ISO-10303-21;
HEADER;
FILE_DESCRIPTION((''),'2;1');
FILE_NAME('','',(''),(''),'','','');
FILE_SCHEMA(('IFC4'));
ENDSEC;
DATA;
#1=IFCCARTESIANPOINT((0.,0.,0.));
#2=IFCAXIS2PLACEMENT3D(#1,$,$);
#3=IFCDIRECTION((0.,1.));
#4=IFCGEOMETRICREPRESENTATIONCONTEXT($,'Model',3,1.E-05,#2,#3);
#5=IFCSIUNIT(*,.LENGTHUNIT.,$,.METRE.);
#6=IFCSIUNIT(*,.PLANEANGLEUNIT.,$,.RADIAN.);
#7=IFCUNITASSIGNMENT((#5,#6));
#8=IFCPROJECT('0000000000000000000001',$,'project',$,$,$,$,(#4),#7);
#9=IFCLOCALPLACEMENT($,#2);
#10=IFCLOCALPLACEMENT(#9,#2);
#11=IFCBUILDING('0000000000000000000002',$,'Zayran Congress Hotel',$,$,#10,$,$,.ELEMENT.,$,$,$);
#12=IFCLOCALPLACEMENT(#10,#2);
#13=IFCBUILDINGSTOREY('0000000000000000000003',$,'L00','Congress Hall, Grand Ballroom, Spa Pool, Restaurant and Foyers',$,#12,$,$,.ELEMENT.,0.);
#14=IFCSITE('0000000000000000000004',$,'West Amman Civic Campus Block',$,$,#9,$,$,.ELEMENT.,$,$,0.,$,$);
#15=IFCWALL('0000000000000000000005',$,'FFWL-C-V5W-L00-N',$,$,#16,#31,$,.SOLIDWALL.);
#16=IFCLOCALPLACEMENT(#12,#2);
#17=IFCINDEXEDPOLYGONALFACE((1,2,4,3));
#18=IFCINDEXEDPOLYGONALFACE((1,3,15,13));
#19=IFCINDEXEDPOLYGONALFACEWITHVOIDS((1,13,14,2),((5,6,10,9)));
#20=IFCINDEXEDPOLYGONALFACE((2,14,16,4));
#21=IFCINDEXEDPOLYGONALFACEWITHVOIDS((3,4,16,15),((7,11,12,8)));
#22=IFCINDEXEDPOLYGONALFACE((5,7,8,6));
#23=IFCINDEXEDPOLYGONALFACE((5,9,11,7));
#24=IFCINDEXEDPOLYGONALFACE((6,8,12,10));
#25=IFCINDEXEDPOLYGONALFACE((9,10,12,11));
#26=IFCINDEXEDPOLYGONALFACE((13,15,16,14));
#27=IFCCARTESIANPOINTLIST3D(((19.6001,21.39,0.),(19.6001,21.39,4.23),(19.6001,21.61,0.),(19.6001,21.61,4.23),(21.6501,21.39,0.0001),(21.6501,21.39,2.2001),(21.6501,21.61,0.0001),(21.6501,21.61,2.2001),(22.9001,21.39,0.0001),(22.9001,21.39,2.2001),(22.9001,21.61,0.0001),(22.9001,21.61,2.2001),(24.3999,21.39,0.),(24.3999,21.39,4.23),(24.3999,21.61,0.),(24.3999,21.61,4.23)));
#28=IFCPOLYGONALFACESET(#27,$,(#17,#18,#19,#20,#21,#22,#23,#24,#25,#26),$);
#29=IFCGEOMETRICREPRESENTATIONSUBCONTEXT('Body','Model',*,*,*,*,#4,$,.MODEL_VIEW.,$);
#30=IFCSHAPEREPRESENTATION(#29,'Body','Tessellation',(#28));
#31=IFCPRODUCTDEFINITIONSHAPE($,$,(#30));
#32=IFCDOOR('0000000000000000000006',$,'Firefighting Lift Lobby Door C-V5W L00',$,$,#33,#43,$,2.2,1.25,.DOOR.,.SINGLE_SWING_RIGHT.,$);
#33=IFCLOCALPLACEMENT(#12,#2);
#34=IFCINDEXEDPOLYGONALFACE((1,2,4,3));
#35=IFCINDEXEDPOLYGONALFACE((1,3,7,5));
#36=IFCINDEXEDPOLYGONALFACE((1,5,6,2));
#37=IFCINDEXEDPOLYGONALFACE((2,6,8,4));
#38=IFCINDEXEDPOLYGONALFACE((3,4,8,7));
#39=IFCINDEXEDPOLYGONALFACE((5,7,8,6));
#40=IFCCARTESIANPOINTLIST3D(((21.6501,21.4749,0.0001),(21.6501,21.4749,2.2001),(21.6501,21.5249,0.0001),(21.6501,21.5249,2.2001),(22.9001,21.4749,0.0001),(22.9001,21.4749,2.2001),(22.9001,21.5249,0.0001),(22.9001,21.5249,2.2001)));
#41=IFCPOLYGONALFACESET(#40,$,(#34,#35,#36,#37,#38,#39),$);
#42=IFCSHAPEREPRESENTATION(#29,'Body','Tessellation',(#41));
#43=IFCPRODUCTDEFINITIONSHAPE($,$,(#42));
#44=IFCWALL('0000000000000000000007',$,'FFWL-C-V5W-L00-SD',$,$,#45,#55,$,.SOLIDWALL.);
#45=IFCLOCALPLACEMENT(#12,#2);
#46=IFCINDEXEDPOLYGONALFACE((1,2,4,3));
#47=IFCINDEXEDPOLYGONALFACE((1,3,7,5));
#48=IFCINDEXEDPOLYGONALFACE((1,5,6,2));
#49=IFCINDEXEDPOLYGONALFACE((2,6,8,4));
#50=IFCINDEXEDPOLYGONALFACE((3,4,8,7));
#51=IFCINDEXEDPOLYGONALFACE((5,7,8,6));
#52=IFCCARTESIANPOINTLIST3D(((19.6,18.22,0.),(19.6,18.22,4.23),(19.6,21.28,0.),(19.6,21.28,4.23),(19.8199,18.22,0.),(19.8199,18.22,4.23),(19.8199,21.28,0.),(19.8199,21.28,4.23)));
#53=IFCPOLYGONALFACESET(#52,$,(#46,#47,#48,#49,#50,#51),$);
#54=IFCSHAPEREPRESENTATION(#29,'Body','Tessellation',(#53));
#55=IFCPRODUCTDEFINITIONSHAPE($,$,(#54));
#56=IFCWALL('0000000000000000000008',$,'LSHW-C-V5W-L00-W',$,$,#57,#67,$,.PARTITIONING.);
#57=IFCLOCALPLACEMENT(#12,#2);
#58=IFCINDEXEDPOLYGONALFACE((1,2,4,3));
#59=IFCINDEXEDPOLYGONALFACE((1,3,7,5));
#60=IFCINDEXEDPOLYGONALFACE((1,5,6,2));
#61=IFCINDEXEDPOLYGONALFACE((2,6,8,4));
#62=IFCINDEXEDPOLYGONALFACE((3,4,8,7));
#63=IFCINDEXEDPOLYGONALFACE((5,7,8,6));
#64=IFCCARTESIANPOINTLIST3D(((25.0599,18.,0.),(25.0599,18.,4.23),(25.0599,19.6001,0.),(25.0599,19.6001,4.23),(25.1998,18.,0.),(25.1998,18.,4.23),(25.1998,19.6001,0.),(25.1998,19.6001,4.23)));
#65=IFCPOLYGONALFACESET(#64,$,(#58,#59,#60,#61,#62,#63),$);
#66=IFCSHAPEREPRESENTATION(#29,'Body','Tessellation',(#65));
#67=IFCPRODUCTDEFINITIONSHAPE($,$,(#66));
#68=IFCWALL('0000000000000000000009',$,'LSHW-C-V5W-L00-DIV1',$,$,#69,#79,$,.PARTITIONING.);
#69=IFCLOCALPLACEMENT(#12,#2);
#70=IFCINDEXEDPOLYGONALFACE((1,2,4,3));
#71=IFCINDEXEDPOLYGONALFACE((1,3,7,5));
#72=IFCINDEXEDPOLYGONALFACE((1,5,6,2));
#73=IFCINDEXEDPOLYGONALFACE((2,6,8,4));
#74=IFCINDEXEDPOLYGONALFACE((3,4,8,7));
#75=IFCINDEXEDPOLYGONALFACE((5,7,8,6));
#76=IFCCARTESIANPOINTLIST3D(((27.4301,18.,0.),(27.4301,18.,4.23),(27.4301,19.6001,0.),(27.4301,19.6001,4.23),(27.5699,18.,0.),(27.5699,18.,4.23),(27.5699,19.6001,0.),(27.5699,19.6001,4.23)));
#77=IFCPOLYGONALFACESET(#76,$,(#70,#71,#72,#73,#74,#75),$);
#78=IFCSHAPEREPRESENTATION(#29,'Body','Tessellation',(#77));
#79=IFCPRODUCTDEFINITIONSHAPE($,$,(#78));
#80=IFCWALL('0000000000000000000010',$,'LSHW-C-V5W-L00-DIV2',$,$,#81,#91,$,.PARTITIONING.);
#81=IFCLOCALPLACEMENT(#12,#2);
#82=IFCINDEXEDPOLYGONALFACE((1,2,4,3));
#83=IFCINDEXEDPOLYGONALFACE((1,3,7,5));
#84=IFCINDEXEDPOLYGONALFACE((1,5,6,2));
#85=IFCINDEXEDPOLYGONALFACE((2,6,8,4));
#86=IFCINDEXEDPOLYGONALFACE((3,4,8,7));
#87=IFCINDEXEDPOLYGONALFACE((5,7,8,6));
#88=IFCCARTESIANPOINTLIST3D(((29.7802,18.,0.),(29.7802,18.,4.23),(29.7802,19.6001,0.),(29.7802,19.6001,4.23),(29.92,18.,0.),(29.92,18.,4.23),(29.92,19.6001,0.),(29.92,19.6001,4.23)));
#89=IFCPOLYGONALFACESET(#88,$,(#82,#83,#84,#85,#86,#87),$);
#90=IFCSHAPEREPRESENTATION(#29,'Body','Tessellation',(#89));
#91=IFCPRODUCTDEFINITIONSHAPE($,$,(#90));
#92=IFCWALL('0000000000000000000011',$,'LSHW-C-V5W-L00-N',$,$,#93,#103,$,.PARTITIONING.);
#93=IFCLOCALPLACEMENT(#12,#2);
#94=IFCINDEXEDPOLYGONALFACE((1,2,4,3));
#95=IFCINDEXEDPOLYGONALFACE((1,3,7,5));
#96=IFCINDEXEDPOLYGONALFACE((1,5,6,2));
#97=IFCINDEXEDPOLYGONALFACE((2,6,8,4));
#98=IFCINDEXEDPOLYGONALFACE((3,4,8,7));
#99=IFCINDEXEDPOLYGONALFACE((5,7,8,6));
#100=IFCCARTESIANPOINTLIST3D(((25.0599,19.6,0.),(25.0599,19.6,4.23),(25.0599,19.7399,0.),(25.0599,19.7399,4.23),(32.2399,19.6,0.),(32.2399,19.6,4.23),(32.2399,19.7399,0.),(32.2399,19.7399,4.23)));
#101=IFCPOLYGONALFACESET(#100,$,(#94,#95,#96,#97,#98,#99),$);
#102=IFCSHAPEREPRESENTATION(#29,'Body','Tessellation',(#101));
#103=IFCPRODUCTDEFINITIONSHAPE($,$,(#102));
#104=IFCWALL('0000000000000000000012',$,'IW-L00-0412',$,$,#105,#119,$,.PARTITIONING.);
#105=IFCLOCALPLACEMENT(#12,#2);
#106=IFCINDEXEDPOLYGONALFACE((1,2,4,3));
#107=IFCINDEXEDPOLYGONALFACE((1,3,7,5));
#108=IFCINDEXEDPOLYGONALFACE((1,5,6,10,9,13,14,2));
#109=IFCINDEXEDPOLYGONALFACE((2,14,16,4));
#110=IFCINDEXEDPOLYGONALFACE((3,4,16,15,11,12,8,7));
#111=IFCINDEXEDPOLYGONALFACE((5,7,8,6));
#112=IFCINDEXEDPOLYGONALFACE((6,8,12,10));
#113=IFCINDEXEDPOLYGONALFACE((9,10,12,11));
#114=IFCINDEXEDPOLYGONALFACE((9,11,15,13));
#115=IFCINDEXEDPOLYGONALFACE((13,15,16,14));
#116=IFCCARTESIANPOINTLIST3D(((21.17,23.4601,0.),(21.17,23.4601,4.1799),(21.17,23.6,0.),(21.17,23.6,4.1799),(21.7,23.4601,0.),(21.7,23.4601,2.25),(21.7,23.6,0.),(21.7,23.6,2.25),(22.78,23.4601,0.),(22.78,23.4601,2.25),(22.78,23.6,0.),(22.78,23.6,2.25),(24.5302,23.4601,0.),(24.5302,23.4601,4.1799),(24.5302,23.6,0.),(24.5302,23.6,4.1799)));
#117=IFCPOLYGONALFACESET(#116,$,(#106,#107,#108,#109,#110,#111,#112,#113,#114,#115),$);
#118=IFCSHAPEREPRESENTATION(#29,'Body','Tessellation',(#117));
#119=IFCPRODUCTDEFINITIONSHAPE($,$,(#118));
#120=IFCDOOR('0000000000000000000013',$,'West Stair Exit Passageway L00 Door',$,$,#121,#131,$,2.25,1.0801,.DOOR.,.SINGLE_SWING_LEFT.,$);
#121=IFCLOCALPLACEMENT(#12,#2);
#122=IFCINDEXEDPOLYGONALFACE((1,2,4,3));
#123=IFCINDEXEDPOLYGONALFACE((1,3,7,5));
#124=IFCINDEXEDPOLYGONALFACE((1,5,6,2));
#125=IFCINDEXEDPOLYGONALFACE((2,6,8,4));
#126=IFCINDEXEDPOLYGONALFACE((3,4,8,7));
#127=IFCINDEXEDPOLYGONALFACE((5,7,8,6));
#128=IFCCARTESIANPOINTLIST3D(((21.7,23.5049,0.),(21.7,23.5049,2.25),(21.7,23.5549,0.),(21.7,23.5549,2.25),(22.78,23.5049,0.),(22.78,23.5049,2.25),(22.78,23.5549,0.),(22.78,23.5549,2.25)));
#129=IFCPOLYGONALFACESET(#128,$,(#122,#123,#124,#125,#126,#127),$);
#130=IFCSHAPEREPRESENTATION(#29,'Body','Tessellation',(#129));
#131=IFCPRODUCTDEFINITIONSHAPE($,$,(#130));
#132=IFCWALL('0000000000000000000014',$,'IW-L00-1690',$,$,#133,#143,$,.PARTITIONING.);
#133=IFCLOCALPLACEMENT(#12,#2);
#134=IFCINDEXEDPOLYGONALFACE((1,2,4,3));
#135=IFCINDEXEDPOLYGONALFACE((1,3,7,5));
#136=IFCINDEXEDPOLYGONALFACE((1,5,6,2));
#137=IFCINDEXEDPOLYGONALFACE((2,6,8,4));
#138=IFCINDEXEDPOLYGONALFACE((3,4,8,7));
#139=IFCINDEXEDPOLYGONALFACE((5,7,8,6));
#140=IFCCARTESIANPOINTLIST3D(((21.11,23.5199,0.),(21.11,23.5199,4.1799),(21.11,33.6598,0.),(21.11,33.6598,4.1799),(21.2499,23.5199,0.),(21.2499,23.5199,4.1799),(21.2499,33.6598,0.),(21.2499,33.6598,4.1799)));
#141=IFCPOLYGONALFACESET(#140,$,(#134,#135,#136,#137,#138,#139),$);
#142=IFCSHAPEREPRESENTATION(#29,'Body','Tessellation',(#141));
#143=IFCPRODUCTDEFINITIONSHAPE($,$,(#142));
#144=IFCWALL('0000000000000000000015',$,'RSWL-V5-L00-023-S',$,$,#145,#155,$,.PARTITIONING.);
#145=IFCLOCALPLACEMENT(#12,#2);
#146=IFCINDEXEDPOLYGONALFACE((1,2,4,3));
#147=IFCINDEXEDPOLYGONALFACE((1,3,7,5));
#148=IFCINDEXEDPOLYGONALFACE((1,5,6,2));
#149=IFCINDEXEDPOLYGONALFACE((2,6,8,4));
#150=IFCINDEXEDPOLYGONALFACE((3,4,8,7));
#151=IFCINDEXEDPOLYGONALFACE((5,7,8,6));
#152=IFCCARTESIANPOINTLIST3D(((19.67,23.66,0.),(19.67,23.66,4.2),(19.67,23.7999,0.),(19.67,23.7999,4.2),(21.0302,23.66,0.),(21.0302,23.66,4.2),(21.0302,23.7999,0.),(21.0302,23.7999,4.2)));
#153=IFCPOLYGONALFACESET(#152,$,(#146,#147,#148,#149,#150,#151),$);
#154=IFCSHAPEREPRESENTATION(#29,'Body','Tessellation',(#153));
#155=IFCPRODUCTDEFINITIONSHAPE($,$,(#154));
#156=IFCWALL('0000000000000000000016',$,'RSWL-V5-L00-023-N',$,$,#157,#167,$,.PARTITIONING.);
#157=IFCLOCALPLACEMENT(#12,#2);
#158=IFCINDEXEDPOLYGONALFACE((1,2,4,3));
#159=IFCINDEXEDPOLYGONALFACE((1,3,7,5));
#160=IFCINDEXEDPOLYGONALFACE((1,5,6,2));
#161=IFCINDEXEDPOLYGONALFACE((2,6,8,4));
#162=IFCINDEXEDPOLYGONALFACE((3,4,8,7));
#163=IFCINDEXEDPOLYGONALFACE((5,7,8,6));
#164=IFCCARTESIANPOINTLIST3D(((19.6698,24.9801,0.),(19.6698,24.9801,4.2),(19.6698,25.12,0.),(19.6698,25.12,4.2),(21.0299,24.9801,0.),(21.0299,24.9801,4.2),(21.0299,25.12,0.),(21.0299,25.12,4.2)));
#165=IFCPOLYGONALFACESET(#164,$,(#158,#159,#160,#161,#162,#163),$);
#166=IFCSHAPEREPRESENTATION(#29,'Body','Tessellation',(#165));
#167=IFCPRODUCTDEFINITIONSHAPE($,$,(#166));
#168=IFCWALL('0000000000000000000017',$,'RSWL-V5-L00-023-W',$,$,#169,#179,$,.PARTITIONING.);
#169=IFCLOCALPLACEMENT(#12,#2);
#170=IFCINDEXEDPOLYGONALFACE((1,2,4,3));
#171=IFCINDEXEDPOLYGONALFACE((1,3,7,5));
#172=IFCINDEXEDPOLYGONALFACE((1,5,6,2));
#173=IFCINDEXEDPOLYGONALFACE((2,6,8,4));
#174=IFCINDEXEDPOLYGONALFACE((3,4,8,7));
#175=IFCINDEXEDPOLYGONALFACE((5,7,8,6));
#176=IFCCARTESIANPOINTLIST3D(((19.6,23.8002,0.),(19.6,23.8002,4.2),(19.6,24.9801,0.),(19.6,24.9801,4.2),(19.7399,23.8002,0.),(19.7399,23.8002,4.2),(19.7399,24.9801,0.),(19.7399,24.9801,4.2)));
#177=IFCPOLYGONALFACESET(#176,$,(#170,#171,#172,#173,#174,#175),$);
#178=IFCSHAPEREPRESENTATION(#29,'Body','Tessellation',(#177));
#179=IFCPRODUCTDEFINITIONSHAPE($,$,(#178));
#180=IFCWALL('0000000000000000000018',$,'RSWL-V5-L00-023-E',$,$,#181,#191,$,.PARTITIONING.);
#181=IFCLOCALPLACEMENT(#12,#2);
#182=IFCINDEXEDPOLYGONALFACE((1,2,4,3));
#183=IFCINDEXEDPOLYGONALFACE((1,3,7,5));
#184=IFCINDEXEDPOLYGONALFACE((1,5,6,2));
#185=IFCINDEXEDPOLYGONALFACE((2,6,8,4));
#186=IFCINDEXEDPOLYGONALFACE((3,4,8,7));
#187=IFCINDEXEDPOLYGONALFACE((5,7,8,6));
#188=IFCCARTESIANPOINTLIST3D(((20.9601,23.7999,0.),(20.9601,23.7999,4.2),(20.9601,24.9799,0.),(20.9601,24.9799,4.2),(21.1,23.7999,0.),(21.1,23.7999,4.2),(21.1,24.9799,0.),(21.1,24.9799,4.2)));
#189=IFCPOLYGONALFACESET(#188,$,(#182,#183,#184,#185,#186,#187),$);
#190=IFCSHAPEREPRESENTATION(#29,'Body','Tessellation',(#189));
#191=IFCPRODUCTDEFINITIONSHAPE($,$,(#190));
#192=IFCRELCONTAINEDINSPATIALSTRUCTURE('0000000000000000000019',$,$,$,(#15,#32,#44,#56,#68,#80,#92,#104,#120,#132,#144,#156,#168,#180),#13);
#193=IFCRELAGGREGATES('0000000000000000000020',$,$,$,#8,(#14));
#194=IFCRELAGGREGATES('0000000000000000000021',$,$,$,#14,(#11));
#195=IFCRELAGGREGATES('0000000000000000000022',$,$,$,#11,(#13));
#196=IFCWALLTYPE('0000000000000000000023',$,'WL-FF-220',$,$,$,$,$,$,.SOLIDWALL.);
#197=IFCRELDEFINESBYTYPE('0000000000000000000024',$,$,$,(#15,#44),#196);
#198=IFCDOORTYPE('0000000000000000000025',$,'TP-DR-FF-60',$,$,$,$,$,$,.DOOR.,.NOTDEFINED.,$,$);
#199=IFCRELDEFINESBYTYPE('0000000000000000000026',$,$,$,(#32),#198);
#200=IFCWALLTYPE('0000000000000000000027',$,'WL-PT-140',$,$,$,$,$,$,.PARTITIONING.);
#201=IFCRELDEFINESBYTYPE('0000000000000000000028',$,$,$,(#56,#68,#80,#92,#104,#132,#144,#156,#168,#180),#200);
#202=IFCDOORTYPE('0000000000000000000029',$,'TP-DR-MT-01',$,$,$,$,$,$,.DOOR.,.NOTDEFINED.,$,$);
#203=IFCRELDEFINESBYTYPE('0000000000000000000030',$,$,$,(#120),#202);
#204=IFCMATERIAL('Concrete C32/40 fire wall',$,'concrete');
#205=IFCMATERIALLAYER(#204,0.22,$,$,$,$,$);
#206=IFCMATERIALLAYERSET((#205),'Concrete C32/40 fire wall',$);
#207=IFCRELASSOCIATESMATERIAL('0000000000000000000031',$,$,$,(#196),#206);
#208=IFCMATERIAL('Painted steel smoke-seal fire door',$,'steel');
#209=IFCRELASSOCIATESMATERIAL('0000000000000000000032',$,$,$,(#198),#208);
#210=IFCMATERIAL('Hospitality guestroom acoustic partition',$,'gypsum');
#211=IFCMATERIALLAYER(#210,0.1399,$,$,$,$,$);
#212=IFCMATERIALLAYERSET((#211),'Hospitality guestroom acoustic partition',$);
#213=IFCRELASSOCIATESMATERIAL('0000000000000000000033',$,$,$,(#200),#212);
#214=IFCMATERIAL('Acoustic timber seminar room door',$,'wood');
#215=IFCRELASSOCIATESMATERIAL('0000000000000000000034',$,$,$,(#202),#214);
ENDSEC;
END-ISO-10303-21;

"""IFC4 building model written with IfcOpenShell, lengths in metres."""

from ifc_helpers import new_model, si_unit, direction, frame, frame_2d, origin, place, context, subcontext, project, spatial, rectangle, extrude, material, layer, layer_set, type_object, element, fill, save


model = new_model("IFC4")

# Units and contexts
model_context = context("Model", 3, precision=1e-05, world=origin(), true_north=direction((0.0, 1.0)))
body_context = subcontext(model_context, "Body", "Model", "MODEL_VIEW")
ifc_project = project(units=[si_unit("LENGTHUNIT", "METRE"), si_unit("PLANEANGLEUNIT", "RADIAN")], contexts=[model_context])

# Site, building, storey
site_placement = place(None, origin())
site = spatial("IfcSite", under=ifc_project, at=site_placement, Name="West Amman Civic Campus Block", CompositionType="ELEMENT", RefElevation=0.0)
building_placement = place(site_placement, origin())
building = spatial("IfcBuilding", under=site, at=building_placement, Name="Zayran Congress Hotel", CompositionType="ELEMENT")
storey_placement = place(building_placement, origin())
storey = spatial("IfcBuildingStorey", under=building, at=storey_placement, Name="L00", Description="Congress Hall, Grand Ballroom, Spa Pool, Restaurant and Foyers", CompositionType="ELEMENT", Elevation=0.0)

# Shared definitions
ifc_material_1 = material(Name="Concrete C32/40 fire wall", Category="concrete")
ifc_layer_1 = layer(ifc_material_1, 0.22)
ifc_layer_set_1 = layer_set([ifc_layer_1], Name="Concrete C32/40 fire wall")
wall_type_1 = type_object("IfcWallType", Name="WL-FF-220", PredefinedType="SOLIDWALL", material=ifc_layer_set_1)

# Wall, opening, door
wall_1_placement = place(storey_placement, frame((19.6001, 21.5, 0.0), z_axis=(0.0, 0.0, 1.0), x_axis=(1.0, 0.0, 0.0)))
wall_1 = element("IfcWall", 1, at=wall_1_placement, inside=storey, type_object=wall_type_1, Name="FFWL-C-V5W-L00-N", PredefinedType="SOLIDWALL", context=body_context, shape_type="SweptSolid", body=[
    extrude(rectangle(XDim=4.7998, YDim=0.22, at=frame_2d((2.3999, 0.0))), origin(), (0.0, 0.0, 1.0), 4.23),
])
opening_1_placement = place(wall_1_placement, frame((2.05, 0.0, 0.0)))
opening_1 = element("IfcOpeningElement", 2, at=opening_1_placement, cuts=wall_1, PredefinedType="OPENING", context=body_context, shape_type="SweptSolid", body=[
    extrude(rectangle(XDim=1.25, YDim=2.2, at=frame_2d((0.625, 1.1001))), frame((0.0, 0.1199, 0.0), z_axis=(0.0, -1.0, 0.0), x_axis=(1.0, 0.0, 0.0)), (0.0, 0.0, 1.0), 0.24),
])
ifc_material_2 = material(Name="Painted steel smoke-seal fire door", Category="steel")
door_type_1 = type_object("IfcDoorType", Name="TP-DR-FF-60", OperationType="NOTDEFINED", PredefinedType="DOOR", material=ifc_material_2)
door_1_placement = place(opening_1_placement, origin())
door_1 = element("IfcDoor", 3, at=door_1_placement, inside=storey, type_object=door_type_1, Name="Firefighting Lift Lobby Door C-V5W L00", OperationType="SINGLE_SWING_RIGHT", OverallHeight=2.2, OverallWidth=1.25, PredefinedType="DOOR", context=body_context, shape_type="SweptSolid", body=[
    extrude(rectangle(XDim=1.25, YDim=2.2, at=frame_2d((0.625, 1.1001))), frame((0.0, 0.0249, 0.0), z_axis=(0.0, -1.0, 0.0), x_axis=(1.0, 0.0, 0.0)), (0.0, 0.0, 1.0), 0.05),
])
fill(opening_1, door_1)

# Walls
wall_2_placement = place(storey_placement, frame((19.71, 18.22, 0.0), z_axis=(0.0, 0.0, 1.0), x_axis=(0.0, 1.0, 0.0)))
element("IfcWall", 4, at=wall_2_placement, inside=storey, type_object=wall_type_1, Name="FFWL-C-V5W-L00-SD", PredefinedType="SOLIDWALL", context=body_context, shape_type="SweptSolid", body=[
    extrude(rectangle(XDim=3.0601, YDim=0.22, at=frame_2d((1.53, 0.0))), origin(), (0.0, 0.0, 1.0), 4.23),
])
ifc_material_3 = material(Name="Hospitality guestroom acoustic partition", Category="gypsum")
ifc_layer_2 = layer(ifc_material_3, 0.1399)
ifc_layer_set_2 = layer_set([ifc_layer_2], Name="Hospitality guestroom acoustic partition")
wall_type_2 = type_object("IfcWallType", Name="WL-PT-140", PredefinedType="PARTITIONING", material=ifc_layer_set_2)
for number, where, z_axis, x_axis, name in (
    (5, (25.1299, 18.0, 0.0), (0.0, 0.0, 1.0), (0.0, 1.0, 0.0), "LSHW-C-V5W-L00-W"),
    (6, (27.5, 18.0, 0.0), (0.0, 0.0, 1.0), (0.0, 1.0, 0.0), "LSHW-C-V5W-L00-DIV1"),
    (7, (29.8501, 18.0, 0.0), (0.0, 0.0, 1.0), (0.0, 1.0, 0.0), "LSHW-C-V5W-L00-DIV2"),
):
    element("IfcWall", number, at=place(storey_placement, frame(where, z_axis=z_axis, x_axis=x_axis)), inside=storey, type_object=wall_type_2, Name=name, PredefinedType="PARTITIONING", context=body_context, shape_type="SweptSolid", body=[
        extrude(rectangle(XDim=1.6001, YDim=0.1399, at=frame_2d((0.8, 0.0))), origin(), (0.0, 0.0, 1.0), 4.23),
    ])
wall_3_placement = place(storey_placement, frame((25.0601, 19.6699, 0.0), z_axis=(0.0, 0.0, 1.0), x_axis=(1.0, 0.0, 0.0)))
element("IfcWall", 8, at=wall_3_placement, inside=storey, type_object=wall_type_2, Name="LSHW-C-V5W-L00-N", PredefinedType="PARTITIONING", context=body_context, shape_type="SweptSolid", body=[
    extrude(rectangle(XDim=7.1799, YDim=0.1399, at=frame_2d((3.5898, 0.0))), origin(), (0.0, 0.0, 1.0), 4.23),
])

# Wall, opening, door
wall_4_placement = place(storey_placement, frame((21.1699, 23.53, 0.0), z_axis=(0.0, 0.0, 1.0), x_axis=(1.0, 0.0, 0.0)))
wall_4 = element("IfcWall", 9, at=wall_4_placement, inside=storey, type_object=wall_type_2, Name="IW-L00-0412", PredefinedType="PARTITIONING", context=body_context, shape_type="SweptSolid", body=[
    extrude(rectangle(XDim=3.3601, YDim=0.1399, at=frame_2d((1.6802, 0.0))), origin(), (0.0, 0.0, 1.0), 4.1799),
])
opening_2_placement = place(wall_4_placement, frame((0.53, 0.0, 0.0)))
opening_2 = element("IfcOpeningElement", 10, at=opening_2_placement, cuts=wall_4, PredefinedType="OPENING", context=body_context, shape_type="SweptSolid", body=[
    extrude(rectangle(XDim=1.0801, YDim=2.25, at=frame_2d((0.54, 1.125))), frame((0.0, 0.0798, 0.0), z_axis=(0.0, -1.0, 0.0), x_axis=(1.0, 0.0, 0.0)), (0.0, 0.0, 1.0), 0.1599),
])
ifc_material_4 = material(Name="Acoustic timber seminar room door", Category="wood")
door_type_2 = type_object("IfcDoorType", Name="TP-DR-MT-01", OperationType="NOTDEFINED", PredefinedType="DOOR", material=ifc_material_4)
door_2_placement = place(opening_2_placement, origin())
door_2 = element("IfcDoor", 11, at=door_2_placement, inside=storey, type_object=door_type_2, Name="West Stair Exit Passageway L00 Door", OperationType="SINGLE_SWING_LEFT", OverallHeight=2.25, OverallWidth=1.0801, PredefinedType="DOOR", context=body_context, shape_type="SweptSolid", body=[
    extrude(rectangle(XDim=1.0801, YDim=2.25, at=frame_2d((0.54, 1.125))), frame((0.0, 0.0249, 0.0), z_axis=(0.0, -1.0, 0.0), x_axis=(1.0, 0.0, 0.0)), (0.0, 0.0, 1.0), 0.05),
])
fill(opening_2, door_2)

# Walls
wall_5_placement = place(storey_placement, frame((21.1799, 23.52, 0.0), z_axis=(0.0, 0.0, 1.0), x_axis=(0.0, 1.0, 0.0)))
element("IfcWall", 12, at=wall_5_placement, inside=storey, type_object=wall_type_2, Name="IW-L00-1690", PredefinedType="PARTITIONING", context=body_context, shape_type="SweptSolid", body=[
    extrude(rectangle(XDim=10.1399, YDim=0.1399, at=frame_2d((5.0698, 0.0))), origin(), (0.0, 0.0, 1.0), 4.1799),
])
for number, where, z_axis, x_axis, name in (
    (13, (19.6699, 23.73, 0.0), (0.0, 0.0, 1.0), (1.0, 0.0, 0.0), "RSWL-V5-L00-023-S"),
    (14, (21.03, 25.05, 0.0), (0.0, 0.0, 1.0), (-1.0, 0.0, 0.0), "RSWL-V5-L00-023-N"),
):
    element("IfcWall", number, at=place(storey_placement, frame(where, z_axis=z_axis, x_axis=x_axis)), inside=storey, type_object=wall_type_2, Name=name, PredefinedType="PARTITIONING", context=body_context, shape_type="SweptSolid", body=[
        extrude(rectangle(XDim=1.3601, YDim=0.1399, at=frame_2d((0.6802, 0.0))), origin(), (0.0, 0.0, 1.0), 4.2),
    ])
for number, where, z_axis, x_axis, name in (
    (15, (19.6699, 24.98, 0.0), (0.0, 0.0, 1.0), (0.0, -1.0, 0.0), "RSWL-V5-L00-023-W"),
    (16, (21.03, 23.8, 0.0), (0.0, 0.0, 1.0), (0.0, 1.0, 0.0), "RSWL-V5-L00-023-E"),
):
    element("IfcWall", number, at=place(storey_placement, frame(where, z_axis=z_axis, x_axis=x_axis)), inside=storey, type_object=wall_type_2, Name=name, PredefinedType="PARTITIONING", context=body_context, shape_type="SweptSolid", body=[
        extrude(rectangle(XDim=1.1799, YDim=0.1399, at=frame_2d((0.5898, 0.0))), origin(), (0.0, 0.0, 1.0), 4.2),
    ])

save(model, "model.ifc")
